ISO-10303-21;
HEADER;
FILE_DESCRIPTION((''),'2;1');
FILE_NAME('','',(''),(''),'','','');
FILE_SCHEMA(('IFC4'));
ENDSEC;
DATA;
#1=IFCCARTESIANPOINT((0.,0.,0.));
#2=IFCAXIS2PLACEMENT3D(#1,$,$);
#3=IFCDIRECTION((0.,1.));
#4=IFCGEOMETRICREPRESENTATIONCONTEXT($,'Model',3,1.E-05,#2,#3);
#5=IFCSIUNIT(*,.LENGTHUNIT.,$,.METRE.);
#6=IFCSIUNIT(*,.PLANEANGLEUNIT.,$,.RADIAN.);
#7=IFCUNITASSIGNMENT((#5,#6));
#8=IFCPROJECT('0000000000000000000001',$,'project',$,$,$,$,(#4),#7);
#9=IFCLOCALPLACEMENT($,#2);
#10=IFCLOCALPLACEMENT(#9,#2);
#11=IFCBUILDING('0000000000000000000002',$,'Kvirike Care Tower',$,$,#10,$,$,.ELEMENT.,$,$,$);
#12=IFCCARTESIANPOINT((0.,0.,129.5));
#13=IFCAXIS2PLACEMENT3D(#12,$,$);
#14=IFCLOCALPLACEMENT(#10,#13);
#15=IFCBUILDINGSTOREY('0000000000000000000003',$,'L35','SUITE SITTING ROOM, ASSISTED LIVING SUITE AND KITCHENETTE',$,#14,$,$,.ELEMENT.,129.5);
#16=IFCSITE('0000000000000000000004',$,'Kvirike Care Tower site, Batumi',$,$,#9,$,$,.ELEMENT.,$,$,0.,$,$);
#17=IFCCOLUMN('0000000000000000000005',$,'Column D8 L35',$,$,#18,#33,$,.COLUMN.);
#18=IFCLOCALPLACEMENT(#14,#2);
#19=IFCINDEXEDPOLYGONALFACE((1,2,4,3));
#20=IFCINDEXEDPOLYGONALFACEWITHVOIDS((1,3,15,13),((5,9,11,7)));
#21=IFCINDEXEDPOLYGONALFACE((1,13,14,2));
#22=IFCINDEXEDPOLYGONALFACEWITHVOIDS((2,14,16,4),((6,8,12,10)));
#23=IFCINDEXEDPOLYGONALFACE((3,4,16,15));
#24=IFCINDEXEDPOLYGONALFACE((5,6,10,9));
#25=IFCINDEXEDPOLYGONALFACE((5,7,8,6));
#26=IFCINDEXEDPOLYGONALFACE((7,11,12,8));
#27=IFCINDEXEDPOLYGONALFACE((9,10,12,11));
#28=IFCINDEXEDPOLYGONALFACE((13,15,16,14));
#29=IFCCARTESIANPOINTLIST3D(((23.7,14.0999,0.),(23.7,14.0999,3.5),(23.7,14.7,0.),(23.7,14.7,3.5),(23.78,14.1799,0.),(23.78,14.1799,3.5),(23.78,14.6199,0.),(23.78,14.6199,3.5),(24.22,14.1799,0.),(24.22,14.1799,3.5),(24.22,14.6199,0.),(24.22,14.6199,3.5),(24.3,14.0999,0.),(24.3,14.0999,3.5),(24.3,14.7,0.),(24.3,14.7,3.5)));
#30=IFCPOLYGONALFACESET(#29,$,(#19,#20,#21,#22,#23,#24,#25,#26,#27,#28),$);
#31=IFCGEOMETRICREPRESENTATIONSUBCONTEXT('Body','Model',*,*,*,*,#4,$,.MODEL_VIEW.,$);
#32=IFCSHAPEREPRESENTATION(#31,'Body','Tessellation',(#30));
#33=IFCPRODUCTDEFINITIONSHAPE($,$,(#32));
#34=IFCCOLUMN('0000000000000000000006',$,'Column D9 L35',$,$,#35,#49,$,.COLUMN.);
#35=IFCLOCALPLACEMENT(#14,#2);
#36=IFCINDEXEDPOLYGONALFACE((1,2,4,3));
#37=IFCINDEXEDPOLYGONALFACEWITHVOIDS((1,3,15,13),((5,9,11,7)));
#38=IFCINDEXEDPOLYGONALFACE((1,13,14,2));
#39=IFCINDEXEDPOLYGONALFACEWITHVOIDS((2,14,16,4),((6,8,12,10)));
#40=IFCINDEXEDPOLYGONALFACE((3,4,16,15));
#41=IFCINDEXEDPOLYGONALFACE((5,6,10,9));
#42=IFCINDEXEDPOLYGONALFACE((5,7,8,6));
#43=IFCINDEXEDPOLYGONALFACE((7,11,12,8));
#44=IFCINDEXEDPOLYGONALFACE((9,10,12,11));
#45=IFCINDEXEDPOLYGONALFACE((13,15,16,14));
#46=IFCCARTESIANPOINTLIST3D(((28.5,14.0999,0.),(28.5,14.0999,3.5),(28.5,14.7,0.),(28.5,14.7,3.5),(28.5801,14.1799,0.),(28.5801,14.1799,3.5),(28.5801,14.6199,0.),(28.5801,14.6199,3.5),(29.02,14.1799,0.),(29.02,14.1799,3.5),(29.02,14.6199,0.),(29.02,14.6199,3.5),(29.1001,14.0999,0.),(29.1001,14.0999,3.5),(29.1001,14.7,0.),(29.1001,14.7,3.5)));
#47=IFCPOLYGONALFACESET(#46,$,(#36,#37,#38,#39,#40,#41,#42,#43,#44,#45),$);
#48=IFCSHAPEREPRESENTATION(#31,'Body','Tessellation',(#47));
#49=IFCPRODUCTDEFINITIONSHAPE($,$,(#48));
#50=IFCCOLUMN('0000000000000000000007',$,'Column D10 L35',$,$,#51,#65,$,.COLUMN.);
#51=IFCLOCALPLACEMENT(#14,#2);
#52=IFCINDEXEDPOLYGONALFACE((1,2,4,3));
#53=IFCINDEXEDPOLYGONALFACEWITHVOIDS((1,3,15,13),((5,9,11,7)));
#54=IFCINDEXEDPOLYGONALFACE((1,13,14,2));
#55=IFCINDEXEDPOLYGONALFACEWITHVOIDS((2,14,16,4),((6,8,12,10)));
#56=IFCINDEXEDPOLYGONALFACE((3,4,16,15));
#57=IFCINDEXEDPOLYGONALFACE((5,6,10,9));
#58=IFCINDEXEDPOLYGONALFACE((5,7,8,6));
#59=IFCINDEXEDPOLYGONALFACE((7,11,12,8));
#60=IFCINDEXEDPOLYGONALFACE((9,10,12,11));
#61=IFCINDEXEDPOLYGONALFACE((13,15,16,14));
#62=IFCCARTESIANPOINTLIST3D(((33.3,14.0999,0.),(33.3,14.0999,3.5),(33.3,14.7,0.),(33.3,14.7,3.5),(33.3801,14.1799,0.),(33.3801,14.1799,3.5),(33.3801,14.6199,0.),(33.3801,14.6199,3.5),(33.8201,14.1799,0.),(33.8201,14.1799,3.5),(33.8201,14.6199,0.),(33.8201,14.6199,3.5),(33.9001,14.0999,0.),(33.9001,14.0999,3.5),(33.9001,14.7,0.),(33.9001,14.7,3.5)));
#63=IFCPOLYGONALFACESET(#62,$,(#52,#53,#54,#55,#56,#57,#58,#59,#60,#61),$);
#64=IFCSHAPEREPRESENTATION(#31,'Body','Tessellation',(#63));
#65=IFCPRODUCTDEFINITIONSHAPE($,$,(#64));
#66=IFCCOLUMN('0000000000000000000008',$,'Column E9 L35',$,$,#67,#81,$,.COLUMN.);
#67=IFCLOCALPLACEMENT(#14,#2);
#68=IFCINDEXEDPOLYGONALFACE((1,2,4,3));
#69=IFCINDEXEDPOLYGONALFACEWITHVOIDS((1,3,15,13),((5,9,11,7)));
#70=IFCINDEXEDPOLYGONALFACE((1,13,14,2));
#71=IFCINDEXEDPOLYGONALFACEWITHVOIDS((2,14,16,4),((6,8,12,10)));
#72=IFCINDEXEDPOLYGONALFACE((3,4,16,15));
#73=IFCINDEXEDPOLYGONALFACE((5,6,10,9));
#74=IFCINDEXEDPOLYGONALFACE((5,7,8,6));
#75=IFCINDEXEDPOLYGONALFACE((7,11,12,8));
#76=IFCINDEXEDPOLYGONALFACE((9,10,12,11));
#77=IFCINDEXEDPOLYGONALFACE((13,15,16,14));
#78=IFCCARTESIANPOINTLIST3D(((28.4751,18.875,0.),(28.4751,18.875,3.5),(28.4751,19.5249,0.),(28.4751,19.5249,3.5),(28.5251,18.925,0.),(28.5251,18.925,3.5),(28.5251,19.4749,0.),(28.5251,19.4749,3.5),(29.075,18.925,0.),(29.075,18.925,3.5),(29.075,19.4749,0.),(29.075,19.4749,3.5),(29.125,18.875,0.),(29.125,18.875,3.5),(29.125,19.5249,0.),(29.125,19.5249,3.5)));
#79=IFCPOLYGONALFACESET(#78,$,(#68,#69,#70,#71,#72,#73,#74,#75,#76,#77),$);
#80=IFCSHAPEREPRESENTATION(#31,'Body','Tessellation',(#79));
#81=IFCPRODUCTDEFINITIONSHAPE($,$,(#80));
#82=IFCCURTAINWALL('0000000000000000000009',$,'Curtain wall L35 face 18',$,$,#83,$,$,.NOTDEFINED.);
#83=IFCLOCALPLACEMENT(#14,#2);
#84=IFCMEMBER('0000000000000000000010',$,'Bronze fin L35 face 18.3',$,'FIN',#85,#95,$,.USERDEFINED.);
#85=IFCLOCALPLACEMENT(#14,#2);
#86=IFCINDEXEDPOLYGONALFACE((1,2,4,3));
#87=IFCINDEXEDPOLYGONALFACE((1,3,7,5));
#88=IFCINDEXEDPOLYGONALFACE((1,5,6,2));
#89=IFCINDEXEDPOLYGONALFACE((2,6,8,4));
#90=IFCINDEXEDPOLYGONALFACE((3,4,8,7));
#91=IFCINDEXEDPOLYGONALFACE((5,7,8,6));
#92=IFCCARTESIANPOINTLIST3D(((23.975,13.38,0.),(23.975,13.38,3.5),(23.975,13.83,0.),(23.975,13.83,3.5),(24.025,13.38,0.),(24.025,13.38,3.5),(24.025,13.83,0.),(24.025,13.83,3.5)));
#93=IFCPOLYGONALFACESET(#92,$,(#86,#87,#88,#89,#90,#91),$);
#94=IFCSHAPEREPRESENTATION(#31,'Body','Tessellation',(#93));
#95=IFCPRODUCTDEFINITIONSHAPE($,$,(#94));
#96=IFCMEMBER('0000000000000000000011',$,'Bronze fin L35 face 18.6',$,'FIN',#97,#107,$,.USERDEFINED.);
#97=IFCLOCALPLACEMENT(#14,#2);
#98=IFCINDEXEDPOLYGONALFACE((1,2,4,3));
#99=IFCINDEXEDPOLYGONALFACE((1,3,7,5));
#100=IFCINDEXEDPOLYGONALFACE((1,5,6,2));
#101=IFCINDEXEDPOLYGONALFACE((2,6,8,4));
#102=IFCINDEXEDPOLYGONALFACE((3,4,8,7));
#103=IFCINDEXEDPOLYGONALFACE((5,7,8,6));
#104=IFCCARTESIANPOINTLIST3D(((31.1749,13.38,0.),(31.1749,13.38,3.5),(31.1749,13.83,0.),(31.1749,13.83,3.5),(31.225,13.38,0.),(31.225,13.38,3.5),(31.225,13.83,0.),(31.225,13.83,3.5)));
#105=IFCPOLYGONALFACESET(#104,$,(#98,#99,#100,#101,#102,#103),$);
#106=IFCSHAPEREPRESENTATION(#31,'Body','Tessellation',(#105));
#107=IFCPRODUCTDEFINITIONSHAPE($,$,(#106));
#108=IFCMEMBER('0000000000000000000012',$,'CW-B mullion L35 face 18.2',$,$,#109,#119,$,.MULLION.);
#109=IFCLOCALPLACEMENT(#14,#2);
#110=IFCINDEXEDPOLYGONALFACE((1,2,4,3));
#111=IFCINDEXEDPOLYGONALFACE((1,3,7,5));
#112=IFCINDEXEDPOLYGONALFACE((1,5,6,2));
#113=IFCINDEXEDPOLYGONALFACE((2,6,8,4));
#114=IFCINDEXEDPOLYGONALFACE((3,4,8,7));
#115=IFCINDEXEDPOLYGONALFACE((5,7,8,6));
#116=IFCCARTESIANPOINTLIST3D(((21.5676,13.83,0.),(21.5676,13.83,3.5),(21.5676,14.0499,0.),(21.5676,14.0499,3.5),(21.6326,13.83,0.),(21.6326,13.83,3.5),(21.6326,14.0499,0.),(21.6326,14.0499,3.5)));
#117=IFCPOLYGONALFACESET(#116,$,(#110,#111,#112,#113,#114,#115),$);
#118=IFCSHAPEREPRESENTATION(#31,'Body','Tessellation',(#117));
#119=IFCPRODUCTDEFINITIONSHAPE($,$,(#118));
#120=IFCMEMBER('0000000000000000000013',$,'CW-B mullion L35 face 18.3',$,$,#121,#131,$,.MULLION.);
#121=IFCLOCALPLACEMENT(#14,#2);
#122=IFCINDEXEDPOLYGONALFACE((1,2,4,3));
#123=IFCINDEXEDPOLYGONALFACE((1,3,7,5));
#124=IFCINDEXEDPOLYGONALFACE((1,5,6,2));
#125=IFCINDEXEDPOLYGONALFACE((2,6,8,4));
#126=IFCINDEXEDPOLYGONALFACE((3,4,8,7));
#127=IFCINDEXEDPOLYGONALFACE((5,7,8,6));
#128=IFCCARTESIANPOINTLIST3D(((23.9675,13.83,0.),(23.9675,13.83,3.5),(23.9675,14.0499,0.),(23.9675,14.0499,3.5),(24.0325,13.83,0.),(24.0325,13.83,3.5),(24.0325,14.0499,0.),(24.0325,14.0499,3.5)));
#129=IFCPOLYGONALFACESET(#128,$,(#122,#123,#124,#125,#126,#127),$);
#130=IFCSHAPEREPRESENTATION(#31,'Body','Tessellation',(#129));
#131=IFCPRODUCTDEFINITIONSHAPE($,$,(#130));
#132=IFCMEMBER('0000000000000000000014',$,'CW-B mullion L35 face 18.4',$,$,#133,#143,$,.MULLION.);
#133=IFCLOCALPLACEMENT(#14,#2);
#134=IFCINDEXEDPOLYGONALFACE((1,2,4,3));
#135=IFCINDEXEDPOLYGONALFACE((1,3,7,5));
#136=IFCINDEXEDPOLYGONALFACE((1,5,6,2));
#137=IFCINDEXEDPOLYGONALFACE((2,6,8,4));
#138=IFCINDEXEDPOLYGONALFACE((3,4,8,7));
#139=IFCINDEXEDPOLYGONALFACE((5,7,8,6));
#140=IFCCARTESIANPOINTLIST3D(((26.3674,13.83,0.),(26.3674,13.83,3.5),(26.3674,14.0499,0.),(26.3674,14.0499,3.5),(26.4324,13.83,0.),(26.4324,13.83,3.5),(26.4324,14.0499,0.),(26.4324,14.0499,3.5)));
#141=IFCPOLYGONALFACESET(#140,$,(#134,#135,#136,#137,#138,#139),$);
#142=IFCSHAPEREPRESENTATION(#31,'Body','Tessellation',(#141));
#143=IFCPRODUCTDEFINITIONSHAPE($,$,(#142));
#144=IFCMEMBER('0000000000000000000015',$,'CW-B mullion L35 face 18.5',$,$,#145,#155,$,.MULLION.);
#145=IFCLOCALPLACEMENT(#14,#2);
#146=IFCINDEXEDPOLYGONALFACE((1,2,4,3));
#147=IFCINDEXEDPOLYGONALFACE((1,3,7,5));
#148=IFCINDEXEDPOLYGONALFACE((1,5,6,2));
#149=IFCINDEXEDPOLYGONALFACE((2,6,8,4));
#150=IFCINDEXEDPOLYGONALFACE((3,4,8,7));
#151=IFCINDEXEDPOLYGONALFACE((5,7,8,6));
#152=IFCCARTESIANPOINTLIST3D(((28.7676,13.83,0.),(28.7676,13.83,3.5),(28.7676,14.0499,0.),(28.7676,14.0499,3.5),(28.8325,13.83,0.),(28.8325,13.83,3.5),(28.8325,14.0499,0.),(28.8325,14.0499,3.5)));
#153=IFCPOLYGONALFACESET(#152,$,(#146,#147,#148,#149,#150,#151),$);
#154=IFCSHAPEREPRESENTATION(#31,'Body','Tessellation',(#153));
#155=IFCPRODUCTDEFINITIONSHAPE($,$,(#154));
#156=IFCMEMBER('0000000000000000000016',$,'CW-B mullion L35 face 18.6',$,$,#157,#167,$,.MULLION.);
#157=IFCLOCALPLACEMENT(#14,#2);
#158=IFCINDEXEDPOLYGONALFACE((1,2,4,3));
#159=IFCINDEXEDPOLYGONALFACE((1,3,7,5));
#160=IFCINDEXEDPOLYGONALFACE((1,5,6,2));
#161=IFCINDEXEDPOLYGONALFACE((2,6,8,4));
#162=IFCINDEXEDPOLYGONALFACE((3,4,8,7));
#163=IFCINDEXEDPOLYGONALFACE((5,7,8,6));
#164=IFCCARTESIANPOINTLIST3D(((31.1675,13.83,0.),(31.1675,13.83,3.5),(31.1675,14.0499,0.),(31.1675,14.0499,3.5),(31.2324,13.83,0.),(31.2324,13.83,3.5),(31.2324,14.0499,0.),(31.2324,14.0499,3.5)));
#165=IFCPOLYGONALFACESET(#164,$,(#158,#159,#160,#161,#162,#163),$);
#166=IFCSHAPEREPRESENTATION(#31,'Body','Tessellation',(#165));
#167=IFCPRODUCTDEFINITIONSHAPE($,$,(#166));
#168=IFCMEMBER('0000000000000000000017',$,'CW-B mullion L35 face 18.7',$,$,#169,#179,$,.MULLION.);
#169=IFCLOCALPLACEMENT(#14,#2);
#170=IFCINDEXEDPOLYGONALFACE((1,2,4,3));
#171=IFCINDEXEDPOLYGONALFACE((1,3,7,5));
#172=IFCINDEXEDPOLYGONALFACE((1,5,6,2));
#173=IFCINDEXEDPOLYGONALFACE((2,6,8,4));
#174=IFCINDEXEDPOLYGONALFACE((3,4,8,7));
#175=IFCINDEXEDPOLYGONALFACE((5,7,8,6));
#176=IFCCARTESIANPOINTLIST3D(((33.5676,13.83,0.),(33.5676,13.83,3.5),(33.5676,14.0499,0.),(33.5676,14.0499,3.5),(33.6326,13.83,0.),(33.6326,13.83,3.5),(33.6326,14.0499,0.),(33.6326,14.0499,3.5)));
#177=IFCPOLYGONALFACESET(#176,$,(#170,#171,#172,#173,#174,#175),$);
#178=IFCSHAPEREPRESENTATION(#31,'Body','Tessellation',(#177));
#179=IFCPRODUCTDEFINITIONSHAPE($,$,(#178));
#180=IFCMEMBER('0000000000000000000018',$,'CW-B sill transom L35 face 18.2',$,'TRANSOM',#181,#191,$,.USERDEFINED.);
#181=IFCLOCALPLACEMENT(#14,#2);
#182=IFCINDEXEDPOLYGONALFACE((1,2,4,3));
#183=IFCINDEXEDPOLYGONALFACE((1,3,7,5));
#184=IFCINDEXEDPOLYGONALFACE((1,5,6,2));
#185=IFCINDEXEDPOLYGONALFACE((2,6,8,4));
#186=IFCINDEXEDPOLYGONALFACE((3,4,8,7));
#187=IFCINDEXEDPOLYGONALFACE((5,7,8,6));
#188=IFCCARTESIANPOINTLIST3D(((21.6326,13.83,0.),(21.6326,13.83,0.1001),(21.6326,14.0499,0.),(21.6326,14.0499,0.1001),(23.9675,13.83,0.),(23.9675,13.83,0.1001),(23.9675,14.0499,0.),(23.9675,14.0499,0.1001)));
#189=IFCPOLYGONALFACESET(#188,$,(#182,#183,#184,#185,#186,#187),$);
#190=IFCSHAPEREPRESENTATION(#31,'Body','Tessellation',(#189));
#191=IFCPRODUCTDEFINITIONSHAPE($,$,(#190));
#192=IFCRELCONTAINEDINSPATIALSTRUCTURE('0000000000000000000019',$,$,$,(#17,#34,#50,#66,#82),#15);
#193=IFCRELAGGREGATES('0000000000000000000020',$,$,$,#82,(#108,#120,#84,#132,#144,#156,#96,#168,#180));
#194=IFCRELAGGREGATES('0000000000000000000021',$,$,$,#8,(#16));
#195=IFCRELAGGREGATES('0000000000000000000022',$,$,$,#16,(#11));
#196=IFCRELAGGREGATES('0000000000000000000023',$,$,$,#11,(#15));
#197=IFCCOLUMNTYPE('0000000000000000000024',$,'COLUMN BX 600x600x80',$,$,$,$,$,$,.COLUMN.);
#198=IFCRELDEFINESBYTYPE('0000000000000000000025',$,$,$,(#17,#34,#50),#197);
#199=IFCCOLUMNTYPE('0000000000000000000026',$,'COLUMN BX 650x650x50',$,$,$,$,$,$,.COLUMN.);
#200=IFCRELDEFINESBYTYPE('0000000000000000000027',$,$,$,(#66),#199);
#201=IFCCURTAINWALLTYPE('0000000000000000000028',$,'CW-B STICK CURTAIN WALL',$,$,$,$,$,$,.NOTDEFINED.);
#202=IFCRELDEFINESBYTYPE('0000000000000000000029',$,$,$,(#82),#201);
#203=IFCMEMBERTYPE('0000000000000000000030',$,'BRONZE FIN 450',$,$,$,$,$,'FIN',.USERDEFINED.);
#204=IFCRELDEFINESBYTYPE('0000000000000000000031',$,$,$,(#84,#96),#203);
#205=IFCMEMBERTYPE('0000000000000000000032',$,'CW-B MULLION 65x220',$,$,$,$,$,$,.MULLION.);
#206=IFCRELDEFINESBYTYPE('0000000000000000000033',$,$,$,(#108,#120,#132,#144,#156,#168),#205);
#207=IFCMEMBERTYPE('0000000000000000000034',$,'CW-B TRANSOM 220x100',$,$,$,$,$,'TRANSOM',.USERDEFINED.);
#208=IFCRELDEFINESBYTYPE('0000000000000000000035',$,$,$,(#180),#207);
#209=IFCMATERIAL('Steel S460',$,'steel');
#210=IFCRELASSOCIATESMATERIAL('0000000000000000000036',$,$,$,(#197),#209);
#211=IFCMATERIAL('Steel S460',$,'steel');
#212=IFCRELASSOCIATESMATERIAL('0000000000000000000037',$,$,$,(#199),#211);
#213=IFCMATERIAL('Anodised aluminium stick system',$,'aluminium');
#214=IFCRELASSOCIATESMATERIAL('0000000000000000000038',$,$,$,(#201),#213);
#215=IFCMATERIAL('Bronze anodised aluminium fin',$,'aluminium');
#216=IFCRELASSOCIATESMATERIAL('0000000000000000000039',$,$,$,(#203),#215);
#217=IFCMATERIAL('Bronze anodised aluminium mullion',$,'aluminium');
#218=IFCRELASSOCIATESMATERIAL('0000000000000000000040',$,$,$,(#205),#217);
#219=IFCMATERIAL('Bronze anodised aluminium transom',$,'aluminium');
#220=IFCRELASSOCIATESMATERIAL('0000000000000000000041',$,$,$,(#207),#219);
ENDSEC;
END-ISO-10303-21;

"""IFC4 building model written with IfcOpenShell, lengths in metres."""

from ifc_helpers import new_model, si_unit, direction, frame, origin, origin_2d, place, context, subcontext, project, spatial, rectangle, hollow_rectangle, extrude, material, material_profile, profile_set, type_object, element, aggregate, save


model = new_model("IFC4")

# Units and contexts
model_context = context("Model", 3, precision=1e-05, world=origin(), true_north=direction((0.0, 1.0)))
body_context = subcontext(model_context, "Body", "Model", "MODEL_VIEW")
ifc_project = project(units=[si_unit("LENGTHUNIT", "METRE"), si_unit("PLANEANGLEUNIT", "RADIAN")], contexts=[model_context])

# Site, building, storey
site_placement = place(None, origin())
site = spatial("IfcSite", under=ifc_project, at=site_placement, Name="Kvirike Care Tower site, Batumi", CompositionType="ELEMENT", RefElevation=0.0)
building_placement = place(site_placement, origin())
building = spatial("IfcBuilding", under=site, at=building_placement, Name="Kvirike Care Tower", CompositionType="ELEMENT")
storey_placement = place(building_placement, frame((0.0, 0.0, 129.5)))
storey = spatial("IfcBuildingStorey", under=building, at=storey_placement, Name="L35", Description="SUITE SITTING ROOM, ASSISTED LIVING SUITE AND KITCHENETTE", CompositionType="ELEMENT", Elevation=129.5)

# Columns
ifc_material_1 = material(Name="Steel S460", Category="steel")
ifc_material_profile_1 = material_profile(ifc_material_1, hollow_rectangle(XDim=0.6001, YDim=0.6001, WallThickness=0.0801, at=origin_2d()), Name="BX 600x600x80")
ifc_profile_set_1 = profile_set([ifc_material_profile_1], Name="Steel S460")
column_type_1 = type_object("IfcColumnType", Name="COLUMN BX 600x600x80", PredefinedType="COLUMN", material=ifc_profile_set_1)
for number, where, z_axis, x_axis, name in (
    (1, (24.0, 14.3999, 0.0), (0.0, 0.0, 1.0), (0.0, 1.0, 0.0), "Column D8 L35"),
    (2, (28.8, 14.3999, 0.0), (0.0, 0.0, 1.0), (0.0, 1.0, 0.0), "Column D9 L35"),
    (3, (33.6001, 14.3999, 0.0), (0.0, 0.0, 1.0), (0.0, 1.0, 0.0), "Column D10 L35"),
):
    element("IfcColumn", number, at=place(storey_placement, frame(where, z_axis=z_axis, x_axis=x_axis)), inside=storey, type_object=column_type_1, Name=name, PredefinedType="COLUMN", context=body_context, shape_type="SweptSolid", body=[
        extrude(hollow_rectangle(XDim=0.6001, YDim=0.6001, WallThickness=0.0801, at=origin_2d()), origin(), (0.0, 0.0, 1.0), 3.5),
    ])
ifc_material_2 = material(Name="Steel S460", Category="steel")
ifc_material_profile_2 = material_profile(ifc_material_2, hollow_rectangle(XDim=0.6499, YDim=0.6499, WallThickness=0.05, at=origin_2d()), Name="BX 650x650x50")
ifc_profile_set_2 = profile_set([ifc_material_profile_2], Name="Steel S460")
column_type_2 = type_object("IfcColumnType", Name="COLUMN BX 650x650x50", PredefinedType="COLUMN", material=ifc_profile_set_2)
column_placement = place(storey_placement, frame((28.8, 19.2, 0.0), z_axis=(0.0, 0.0, 1.0), x_axis=(1.0, 0.0, 0.0)))
element("IfcColumn", 4, at=column_placement, inside=storey, type_object=column_type_2, Name="Column E9 L35", PredefinedType="COLUMN", context=body_context, shape_type="SweptSolid", body=[
    extrude(hollow_rectangle(XDim=0.6499, YDim=0.6499, WallThickness=0.05, at=origin_2d()), origin(), (0.0, 0.0, 1.0), 3.5),
])

# Curtain wall, members
ifc_material_3 = material(Name="Anodised aluminium stick system", Category="aluminium")
curtain_wall_type = type_object("IfcCurtainWallType", Name="CW-B STICK CURTAIN WALL", PredefinedType="NOTDEFINED", material=ifc_material_3)
curtain_wall_placement = place(storey_placement, origin())
curtain_wall = element("IfcCurtainWall", 5, at=curtain_wall_placement, inside=storey, type_object=curtain_wall_type, Name="Curtain wall L35 face 18", PredefinedType="NOTDEFINED")
ifc_material_4 = material(Name="Bronze anodised aluminium fin", Category="aluminium")
ifc_material_profile_3 = material_profile(ifc_material_4, rectangle(XDim=0.05, YDim=0.45, at=origin_2d()), Name="BRONZE FIN 450")
ifc_profile_set_3 = profile_set([ifc_material_profile_3], Name="Bronze anodised aluminium fin")
member_type_1 = type_object("IfcMemberType", Name="BRONZE FIN 450", ElementType="FIN", PredefinedType="USERDEFINED", material=ifc_profile_set_3)
member_1_placement = place(storey_placement, frame((24.0, 13.605, 0.0), z_axis=(0.0, 0.0, 1.0), x_axis=(1.0, 0.0, 0.0)))
member_1 = element("IfcMember", 6, at=member_1_placement, type_object=member_type_1, Name="Bronze fin L35 face 18.3", ObjectType="FIN", PredefinedType="USERDEFINED", context=body_context, shape_type="SweptSolid", body=[
    extrude(rectangle(XDim=0.05, YDim=0.45, at=origin_2d()), origin(), (0.0, 0.0, 1.0), 3.5),
])
member_2_placement = place(storey_placement, frame((31.2, 13.605, 0.0), z_axis=(0.0, 0.0, 1.0), x_axis=(1.0, 0.0, 0.0)))
member_2 = element("IfcMember", 7, at=member_2_placement, type_object=member_type_1, Name="Bronze fin L35 face 18.6", ObjectType="FIN", PredefinedType="USERDEFINED", context=body_context, shape_type="SweptSolid", body=[
    extrude(rectangle(XDim=0.05, YDim=0.45, at=origin_2d()), origin(), (0.0, 0.0, 1.0), 3.5),
])
ifc_material_5 = material(Name="Bronze anodised aluminium mullion", Category="aluminium")
ifc_material_profile_4 = material_profile(ifc_material_5, rectangle(XDim=0.0649, YDim=0.22, at=origin_2d()), Name="CW-B MULLION 65x220")
ifc_profile_set_4 = profile_set([ifc_material_profile_4], Name="Bronze anodised aluminium mullion")
member_type_2 = type_object("IfcMemberType", Name="CW-B MULLION 65x220", PredefinedType="MULLION", material=ifc_profile_set_4)
member_3_placement = place(storey_placement, frame((21.6001, 13.9399, 0.0), z_axis=(0.0, 0.0, 1.0), x_axis=(1.0, 0.0, 0.0)))
member_3 = element("IfcMember", 8, at=member_3_placement, type_object=member_type_2, Name="CW-B mullion L35 face 18.2", PredefinedType="MULLION", context=body_context, shape_type="SweptSolid", body=[
    extrude(rectangle(XDim=0.0649, YDim=0.22, at=origin_2d()), origin(), (0.0, 0.0, 1.0), 3.5),
])
member_4_placement = place(storey_placement, frame((24.0, 13.9399, 0.0), z_axis=(0.0, 0.0, 1.0), x_axis=(1.0, 0.0, 0.0)))
member_4 = element("IfcMember", 9, at=member_4_placement, type_object=member_type_2, Name="CW-B mullion L35 face 18.3", PredefinedType="MULLION", context=body_context, shape_type="SweptSolid", body=[
    extrude(rectangle(XDim=0.0649, YDim=0.22, at=origin_2d()), origin(), (0.0, 0.0, 1.0), 3.5),
])
member_5_placement = place(storey_placement, frame((26.3999, 13.9399, 0.0), z_axis=(0.0, 0.0, 1.0), x_axis=(1.0, 0.0, 0.0)))
member_5 = element("IfcMember", 10, at=member_5_placement, type_object=member_type_2, Name="CW-B mullion L35 face 18.4", PredefinedType="MULLION", context=body_context, shape_type="SweptSolid", body=[
    extrude(rectangle(XDim=0.0649, YDim=0.22, at=origin_2d()), origin(), (0.0, 0.0, 1.0), 3.5),
])
member_6_placement = place(storey_placement, frame((28.8, 13.9399, 0.0), z_axis=(0.0, 0.0, 1.0), x_axis=(1.0, 0.0, 0.0)))
member_6 = element("IfcMember", 11, at=member_6_placement, type_object=member_type_2, Name="CW-B mullion L35 face 18.5", PredefinedType="MULLION", context=body_context, shape_type="SweptSolid", body=[
    extrude(rectangle(XDim=0.0649, YDim=0.22, at=origin_2d()), origin(), (0.0, 0.0, 1.0), 3.5),
])
member_7_placement = place(storey_placement, frame((31.2, 13.9399, 0.0), z_axis=(0.0, 0.0, 1.0), x_axis=(1.0, 0.0, 0.0)))
member_7 = element("IfcMember", 12, at=member_7_placement, type_object=member_type_2, Name="CW-B mullion L35 face 18.6", PredefinedType="MULLION", context=body_context, shape_type="SweptSolid", body=[
    extrude(rectangle(XDim=0.0649, YDim=0.22, at=origin_2d()), origin(), (0.0, 0.0, 1.0), 3.5),
])
member_8_placement = place(storey_placement, frame((33.6001, 13.9399, 0.0), z_axis=(0.0, 0.0, 1.0), x_axis=(1.0, 0.0, 0.0)))
member_8 = element("IfcMember", 13, at=member_8_placement, type_object=member_type_2, Name="CW-B mullion L35 face 18.7", PredefinedType="MULLION", context=body_context, shape_type="SweptSolid", body=[
    extrude(rectangle(XDim=0.0649, YDim=0.22, at=origin_2d()), origin(), (0.0, 0.0, 1.0), 3.5),
])
ifc_material_6 = material(Name="Bronze anodised aluminium transom", Category="aluminium")
ifc_material_profile_5 = material_profile(ifc_material_6, rectangle(XDim=0.22, YDim=0.1001, at=origin_2d()), Name="CW-B TRANSOM 220x100")
ifc_profile_set_5 = profile_set([ifc_material_profile_5], Name="Bronze anodised aluminium transom")
member_type_3 = type_object("IfcMemberType", Name="CW-B TRANSOM 220x100", ElementType="TRANSOM", PredefinedType="USERDEFINED", material=ifc_profile_set_5)
member_9_placement = place(storey_placement, frame((21.6326, 13.9399, 0.05), z_axis=(1.0, 0.0, 0.0), x_axis=(0.0, 1.0, 0.0)))
member_9 = element("IfcMember", 14, at=member_9_placement, type_object=member_type_3, Name="CW-B sill transom L35 face 18.2", ObjectType="TRANSOM", PredefinedType="USERDEFINED", context=body_context, shape_type="SweptSolid", body=[
    extrude(rectangle(XDim=0.22, YDim=0.1001, at=origin_2d()), origin(), (0.0, 0.0, 1.0), 2.335),
])

aggregate(curtain_wall, [member_3, member_4, member_1, member_5, member_6, member_7, member_2, member_8, member_9])

save(model, "model.ifc")
